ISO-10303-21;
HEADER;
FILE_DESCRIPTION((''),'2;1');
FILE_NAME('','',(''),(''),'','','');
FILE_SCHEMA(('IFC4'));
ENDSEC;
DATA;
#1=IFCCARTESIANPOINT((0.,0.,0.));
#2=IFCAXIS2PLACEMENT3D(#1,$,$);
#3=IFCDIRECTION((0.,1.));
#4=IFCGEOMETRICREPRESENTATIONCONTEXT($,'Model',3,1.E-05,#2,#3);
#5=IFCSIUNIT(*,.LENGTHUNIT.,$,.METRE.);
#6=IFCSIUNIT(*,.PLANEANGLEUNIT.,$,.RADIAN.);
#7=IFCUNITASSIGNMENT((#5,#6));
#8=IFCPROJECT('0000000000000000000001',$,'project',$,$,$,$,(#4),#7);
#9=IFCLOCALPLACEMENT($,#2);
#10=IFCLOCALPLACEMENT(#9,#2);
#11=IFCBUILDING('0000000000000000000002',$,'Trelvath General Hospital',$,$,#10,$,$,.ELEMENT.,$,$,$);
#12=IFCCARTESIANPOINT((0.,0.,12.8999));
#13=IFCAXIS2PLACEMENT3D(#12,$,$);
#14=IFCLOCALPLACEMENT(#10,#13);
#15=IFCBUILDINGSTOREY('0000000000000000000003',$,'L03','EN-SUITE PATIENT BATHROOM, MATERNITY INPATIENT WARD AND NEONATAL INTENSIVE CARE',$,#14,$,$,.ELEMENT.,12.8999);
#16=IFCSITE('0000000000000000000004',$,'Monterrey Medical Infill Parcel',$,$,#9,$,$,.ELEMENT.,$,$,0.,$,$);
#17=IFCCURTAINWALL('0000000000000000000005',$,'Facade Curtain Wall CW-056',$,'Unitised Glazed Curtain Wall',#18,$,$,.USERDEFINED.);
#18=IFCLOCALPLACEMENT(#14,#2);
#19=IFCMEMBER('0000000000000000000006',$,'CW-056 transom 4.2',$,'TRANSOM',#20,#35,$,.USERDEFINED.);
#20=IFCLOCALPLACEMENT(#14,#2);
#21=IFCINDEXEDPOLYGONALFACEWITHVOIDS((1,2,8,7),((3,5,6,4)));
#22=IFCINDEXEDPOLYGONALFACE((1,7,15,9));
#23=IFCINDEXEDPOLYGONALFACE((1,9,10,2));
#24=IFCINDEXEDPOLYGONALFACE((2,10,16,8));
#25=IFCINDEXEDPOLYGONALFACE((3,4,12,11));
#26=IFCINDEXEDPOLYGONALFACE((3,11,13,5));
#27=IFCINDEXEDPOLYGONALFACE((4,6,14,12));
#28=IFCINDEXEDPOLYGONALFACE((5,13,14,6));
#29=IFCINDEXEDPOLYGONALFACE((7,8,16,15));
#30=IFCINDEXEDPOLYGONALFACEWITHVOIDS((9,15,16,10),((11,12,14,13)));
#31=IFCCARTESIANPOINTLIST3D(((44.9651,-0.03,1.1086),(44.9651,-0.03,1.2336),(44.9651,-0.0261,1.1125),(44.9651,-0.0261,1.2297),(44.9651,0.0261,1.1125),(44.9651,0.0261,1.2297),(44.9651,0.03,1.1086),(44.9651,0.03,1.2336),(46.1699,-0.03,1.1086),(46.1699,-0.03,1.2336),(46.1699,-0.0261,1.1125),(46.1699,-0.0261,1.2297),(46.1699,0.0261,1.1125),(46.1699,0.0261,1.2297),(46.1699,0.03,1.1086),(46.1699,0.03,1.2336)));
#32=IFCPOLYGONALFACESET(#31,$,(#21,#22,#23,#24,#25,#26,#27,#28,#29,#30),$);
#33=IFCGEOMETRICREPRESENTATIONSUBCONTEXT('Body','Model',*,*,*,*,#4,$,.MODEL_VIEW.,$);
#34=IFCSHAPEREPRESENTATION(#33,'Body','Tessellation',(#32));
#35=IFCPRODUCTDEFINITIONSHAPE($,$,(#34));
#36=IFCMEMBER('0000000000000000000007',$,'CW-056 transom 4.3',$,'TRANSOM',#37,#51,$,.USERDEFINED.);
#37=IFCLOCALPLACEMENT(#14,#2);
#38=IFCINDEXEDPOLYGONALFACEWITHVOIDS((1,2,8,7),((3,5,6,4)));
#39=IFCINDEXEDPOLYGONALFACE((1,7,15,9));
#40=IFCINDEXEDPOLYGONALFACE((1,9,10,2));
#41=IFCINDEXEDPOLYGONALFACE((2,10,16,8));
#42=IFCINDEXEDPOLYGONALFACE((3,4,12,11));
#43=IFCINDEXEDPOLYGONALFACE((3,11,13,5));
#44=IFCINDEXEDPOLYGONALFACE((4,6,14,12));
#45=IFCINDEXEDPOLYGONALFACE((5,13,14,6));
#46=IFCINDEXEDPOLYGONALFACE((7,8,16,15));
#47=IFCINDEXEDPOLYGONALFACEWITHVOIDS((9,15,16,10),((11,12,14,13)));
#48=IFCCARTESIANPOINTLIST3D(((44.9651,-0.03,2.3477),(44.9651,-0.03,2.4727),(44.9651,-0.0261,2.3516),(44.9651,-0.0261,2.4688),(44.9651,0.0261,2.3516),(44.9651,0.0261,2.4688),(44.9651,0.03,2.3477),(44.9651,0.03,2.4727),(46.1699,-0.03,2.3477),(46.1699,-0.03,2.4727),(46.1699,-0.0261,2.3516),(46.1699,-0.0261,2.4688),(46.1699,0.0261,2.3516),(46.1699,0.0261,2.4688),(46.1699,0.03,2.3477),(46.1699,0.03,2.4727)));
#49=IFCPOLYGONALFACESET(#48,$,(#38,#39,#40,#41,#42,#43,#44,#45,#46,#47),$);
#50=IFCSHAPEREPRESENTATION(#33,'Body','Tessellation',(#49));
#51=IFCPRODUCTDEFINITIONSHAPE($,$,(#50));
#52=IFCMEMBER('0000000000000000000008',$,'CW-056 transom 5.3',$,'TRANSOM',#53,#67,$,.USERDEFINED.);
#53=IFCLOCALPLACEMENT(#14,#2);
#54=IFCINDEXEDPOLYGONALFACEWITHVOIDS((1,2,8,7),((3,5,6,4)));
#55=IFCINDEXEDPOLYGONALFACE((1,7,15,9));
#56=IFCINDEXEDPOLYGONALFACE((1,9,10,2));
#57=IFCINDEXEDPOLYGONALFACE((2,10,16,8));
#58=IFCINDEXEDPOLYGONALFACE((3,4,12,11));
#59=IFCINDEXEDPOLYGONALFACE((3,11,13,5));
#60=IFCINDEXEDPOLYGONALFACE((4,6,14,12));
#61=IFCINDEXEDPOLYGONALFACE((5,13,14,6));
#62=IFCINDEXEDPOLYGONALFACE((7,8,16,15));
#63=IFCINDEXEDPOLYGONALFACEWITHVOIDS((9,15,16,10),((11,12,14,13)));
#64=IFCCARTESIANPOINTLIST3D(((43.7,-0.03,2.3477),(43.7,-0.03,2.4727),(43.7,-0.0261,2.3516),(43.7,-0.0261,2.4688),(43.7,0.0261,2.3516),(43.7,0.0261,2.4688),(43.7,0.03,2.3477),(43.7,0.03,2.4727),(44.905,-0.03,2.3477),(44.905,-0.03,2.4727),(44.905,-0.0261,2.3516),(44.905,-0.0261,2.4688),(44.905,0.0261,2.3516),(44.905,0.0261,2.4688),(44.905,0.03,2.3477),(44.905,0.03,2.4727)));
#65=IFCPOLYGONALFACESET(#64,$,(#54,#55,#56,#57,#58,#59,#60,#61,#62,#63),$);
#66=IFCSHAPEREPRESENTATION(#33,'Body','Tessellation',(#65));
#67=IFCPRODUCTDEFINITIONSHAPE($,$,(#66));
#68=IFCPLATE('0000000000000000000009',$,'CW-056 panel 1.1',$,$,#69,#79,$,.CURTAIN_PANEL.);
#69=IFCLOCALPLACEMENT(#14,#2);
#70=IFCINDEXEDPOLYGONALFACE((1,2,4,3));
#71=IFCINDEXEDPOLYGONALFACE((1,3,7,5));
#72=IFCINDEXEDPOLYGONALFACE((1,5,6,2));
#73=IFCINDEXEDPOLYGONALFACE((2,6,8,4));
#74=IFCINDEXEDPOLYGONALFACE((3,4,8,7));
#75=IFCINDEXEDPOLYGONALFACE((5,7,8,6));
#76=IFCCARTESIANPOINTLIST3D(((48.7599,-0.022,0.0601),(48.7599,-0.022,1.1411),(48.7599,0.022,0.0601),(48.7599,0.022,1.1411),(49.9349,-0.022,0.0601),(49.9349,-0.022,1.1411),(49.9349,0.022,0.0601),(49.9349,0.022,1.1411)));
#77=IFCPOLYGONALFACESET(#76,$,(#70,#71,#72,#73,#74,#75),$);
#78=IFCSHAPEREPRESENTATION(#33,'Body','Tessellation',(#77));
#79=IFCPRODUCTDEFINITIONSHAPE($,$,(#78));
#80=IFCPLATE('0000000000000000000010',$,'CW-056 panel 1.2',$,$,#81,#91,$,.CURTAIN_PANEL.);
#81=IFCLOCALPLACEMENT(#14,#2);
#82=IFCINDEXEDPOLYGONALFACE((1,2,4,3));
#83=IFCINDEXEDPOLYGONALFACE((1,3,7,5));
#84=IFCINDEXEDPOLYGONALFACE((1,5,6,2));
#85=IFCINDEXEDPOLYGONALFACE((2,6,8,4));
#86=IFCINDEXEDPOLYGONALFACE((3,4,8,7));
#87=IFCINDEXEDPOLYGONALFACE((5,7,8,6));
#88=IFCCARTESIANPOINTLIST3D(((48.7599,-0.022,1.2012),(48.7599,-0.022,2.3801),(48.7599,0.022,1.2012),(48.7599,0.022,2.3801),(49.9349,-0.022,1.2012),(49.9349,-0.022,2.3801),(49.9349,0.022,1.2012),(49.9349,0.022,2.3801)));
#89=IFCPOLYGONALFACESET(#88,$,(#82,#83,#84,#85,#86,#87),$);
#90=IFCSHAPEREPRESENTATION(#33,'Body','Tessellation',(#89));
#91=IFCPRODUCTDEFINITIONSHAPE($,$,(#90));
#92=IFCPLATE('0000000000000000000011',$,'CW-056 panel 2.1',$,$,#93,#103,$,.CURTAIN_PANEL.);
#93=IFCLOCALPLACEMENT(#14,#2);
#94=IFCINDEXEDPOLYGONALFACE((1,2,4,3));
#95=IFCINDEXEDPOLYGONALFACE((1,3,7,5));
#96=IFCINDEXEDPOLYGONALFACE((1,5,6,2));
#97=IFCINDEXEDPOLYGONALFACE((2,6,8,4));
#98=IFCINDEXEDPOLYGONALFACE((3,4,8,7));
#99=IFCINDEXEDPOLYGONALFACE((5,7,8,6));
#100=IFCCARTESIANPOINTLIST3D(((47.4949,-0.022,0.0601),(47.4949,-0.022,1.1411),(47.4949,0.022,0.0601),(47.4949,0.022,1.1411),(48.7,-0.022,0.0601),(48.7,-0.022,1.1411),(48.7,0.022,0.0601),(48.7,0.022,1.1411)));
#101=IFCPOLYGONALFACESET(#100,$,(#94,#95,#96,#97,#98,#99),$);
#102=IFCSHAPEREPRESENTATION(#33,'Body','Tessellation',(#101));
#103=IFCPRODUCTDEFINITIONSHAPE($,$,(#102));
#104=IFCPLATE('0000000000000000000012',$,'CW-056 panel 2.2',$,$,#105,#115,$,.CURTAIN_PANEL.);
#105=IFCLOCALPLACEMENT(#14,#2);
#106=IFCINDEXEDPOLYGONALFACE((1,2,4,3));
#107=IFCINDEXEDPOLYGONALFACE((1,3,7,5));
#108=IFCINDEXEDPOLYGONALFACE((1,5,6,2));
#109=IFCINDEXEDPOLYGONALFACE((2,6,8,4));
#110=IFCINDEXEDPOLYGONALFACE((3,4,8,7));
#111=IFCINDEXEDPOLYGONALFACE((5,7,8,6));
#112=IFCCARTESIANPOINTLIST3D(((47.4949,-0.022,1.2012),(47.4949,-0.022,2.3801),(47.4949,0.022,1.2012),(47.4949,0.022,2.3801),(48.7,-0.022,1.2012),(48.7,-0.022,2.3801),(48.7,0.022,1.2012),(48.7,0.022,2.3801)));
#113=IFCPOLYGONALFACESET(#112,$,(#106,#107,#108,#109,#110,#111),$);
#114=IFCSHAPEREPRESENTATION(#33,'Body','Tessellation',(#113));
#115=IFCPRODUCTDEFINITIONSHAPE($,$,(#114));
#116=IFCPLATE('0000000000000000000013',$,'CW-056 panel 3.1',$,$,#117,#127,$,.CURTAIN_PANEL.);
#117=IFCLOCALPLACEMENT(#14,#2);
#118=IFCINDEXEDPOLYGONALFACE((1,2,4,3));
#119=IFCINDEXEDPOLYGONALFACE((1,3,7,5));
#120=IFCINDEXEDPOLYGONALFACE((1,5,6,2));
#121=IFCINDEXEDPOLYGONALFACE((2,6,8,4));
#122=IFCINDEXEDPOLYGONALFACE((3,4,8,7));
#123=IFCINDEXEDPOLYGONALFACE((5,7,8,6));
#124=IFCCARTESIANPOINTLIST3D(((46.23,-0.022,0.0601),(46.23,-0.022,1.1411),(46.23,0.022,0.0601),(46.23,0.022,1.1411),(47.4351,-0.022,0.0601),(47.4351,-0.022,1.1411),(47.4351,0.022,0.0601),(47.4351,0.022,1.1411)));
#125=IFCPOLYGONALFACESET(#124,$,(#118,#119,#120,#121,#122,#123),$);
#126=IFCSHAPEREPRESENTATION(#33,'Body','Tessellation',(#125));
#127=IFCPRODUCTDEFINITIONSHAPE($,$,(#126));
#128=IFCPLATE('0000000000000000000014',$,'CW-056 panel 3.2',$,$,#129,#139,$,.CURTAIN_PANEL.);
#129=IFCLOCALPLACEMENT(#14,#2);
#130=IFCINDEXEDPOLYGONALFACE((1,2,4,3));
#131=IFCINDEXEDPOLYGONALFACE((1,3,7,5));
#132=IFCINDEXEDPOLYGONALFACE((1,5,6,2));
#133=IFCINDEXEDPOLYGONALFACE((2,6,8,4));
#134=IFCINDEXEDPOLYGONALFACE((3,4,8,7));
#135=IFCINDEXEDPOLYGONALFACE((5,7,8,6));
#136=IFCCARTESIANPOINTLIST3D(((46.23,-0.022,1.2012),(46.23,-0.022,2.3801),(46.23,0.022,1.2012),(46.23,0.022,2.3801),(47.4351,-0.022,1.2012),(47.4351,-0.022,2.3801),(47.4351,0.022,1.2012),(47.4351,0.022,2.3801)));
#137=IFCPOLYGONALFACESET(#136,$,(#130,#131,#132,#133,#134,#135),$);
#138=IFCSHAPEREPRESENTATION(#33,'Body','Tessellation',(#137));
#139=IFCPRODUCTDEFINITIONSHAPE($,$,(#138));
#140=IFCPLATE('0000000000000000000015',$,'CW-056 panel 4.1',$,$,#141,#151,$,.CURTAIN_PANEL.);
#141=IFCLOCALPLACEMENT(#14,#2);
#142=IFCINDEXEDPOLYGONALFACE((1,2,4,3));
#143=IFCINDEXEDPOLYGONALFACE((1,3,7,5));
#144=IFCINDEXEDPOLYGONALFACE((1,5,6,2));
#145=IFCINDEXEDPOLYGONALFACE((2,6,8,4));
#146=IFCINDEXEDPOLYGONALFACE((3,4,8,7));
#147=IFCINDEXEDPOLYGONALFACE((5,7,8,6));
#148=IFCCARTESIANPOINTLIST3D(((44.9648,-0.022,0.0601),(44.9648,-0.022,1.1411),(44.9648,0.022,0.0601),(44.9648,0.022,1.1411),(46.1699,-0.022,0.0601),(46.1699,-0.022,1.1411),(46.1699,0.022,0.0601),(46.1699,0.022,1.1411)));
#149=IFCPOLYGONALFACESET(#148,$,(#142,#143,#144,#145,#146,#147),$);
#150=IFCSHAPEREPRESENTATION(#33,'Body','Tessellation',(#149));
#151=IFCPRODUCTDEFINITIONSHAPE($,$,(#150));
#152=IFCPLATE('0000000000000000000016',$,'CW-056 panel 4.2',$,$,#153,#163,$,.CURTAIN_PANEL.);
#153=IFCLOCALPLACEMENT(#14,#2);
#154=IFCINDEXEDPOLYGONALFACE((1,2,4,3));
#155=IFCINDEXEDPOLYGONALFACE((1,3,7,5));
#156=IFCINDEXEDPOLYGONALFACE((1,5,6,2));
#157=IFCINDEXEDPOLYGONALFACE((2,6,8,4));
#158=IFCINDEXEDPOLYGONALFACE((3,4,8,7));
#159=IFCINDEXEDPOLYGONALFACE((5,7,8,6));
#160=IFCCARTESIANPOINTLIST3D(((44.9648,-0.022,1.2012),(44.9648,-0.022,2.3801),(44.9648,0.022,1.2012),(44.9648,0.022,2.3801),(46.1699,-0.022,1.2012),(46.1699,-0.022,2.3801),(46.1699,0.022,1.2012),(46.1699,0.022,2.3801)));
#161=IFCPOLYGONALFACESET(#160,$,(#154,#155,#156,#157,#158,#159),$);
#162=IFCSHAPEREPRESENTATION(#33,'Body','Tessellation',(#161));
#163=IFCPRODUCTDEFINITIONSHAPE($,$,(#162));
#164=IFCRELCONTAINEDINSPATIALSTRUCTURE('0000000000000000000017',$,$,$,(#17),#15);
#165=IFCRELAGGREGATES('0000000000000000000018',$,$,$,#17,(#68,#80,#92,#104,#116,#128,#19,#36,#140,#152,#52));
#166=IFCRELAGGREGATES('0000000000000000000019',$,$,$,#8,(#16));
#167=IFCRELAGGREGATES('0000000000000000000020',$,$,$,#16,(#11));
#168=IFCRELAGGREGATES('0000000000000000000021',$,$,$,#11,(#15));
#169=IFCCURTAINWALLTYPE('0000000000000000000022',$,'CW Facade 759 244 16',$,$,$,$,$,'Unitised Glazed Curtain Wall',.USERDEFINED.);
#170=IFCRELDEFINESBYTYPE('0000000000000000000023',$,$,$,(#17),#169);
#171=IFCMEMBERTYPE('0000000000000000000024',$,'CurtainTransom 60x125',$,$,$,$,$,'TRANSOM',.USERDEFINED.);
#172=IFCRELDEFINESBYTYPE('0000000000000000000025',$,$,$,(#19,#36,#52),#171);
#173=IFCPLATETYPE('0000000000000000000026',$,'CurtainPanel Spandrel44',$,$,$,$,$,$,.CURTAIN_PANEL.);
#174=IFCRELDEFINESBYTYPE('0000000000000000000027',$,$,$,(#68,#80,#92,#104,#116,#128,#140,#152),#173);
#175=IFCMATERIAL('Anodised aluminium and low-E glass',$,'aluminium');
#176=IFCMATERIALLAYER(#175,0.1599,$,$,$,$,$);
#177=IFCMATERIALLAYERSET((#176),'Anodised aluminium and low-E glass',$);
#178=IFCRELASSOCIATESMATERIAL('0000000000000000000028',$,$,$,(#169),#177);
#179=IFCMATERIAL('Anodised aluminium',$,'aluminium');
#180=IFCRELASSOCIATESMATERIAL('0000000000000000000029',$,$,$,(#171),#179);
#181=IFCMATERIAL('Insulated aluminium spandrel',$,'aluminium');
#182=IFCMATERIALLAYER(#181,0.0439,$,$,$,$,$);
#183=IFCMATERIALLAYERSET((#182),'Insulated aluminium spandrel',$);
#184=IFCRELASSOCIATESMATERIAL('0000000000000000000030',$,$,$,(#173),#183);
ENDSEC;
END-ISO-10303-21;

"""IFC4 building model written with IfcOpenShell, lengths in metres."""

from ifc_helpers import new_model, si_unit, direction, frame, origin, origin_2d, place, context, subcontext, project, spatial, rectangle, hollow_rectangle, extrude, material, layer, layer_set, material_profile, profile_set, type_object, element, aggregate, save


model = new_model("IFC4")

# Units and contexts
model_context = context("Model", 3, precision=1e-05, world=origin(), true_north=direction((0.0, 1.0)))
body_context = subcontext(model_context, "Body", "Model", "MODEL_VIEW")
ifc_project = project(units=[si_unit("LENGTHUNIT", "METRE"), si_unit("PLANEANGLEUNIT", "RADIAN")], contexts=[model_context])

# Site, building, storey
site_placement = place(None, origin())
site = spatial("IfcSite", under=ifc_project, at=site_placement, Name="Monterrey Medical Infill Parcel", CompositionType="ELEMENT", RefElevation=0.0)
building_placement = place(site_placement, origin())
building = spatial("IfcBuilding", under=site, at=building_placement, Name="Trelvath General Hospital", CompositionType="ELEMENT")
storey_placement = place(building_placement, frame((0.0, 0.0, 12.8999)))
storey = spatial("IfcBuildingStorey", under=building, at=storey_placement, Name="L03", Description="EN-SUITE PATIENT BATHROOM, MATERNITY INPATIENT WARD AND NEONATAL INTENSIVE CARE", CompositionType="ELEMENT", Elevation=12.8999)

# Curtain wall, members, plates
ifc_material_1 = material(Name="Anodised aluminium and low-E glass", Category="aluminium")
ifc_layer_1 = layer(ifc_material_1, 0.1599)
ifc_layer_set_1 = layer_set([ifc_layer_1], Name="Anodised aluminium and low-E glass")
curtain_wall_type = type_object("IfcCurtainWallType", Name="CW Facade 759 244 16", ElementType="Unitised Glazed Curtain Wall", PredefinedType="USERDEFINED", material=ifc_layer_set_1)
curtain_wall_placement = place(storey_placement, origin())
curtain_wall = element("IfcCurtainWall", 1, at=curtain_wall_placement, inside=storey, type_object=curtain_wall_type, Name="Facade Curtain Wall CW-056", ObjectType="Unitised Glazed Curtain Wall", PredefinedType="USERDEFINED")
ifc_material_2 = material(Name="Anodised aluminium", Category="aluminium")
ifc_material_profile_1 = material_profile(ifc_material_2, hollow_rectangle(XDim=0.0601, YDim=0.125, WallThickness=0.0039, at=origin_2d()), Name="RHS60x125x4")
ifc_profile_set_1 = profile_set([ifc_material_profile_1], Name="Anodised aluminium")
member_type_1 = type_object("IfcMemberType", Name="CurtainTransom 60x125", ElementType="TRANSOM", PredefinedType="USERDEFINED", material=ifc_profile_set_1)
member_1_placement = place(storey_placement, frame((46.1699, 0.0, 1.1711), z_axis=(-1.0, 0.0, 0.0), x_axis=(0.0, -1.0, 0.0)))
member_1 = element("IfcMember", 2, at=member_1_placement, type_object=member_type_1, Name="CW-056 transom 4.2", ObjectType="TRANSOM", PredefinedType="USERDEFINED", context=body_context, shape_type="SweptSolid", body=[
    extrude(hollow_rectangle(XDim=0.0601, YDim=0.125, WallThickness=0.0039, at=origin_2d()), origin(), (0.0, 0.0, 1.0), 1.2048),
])
member_2_placement = place(storey_placement, frame((46.1699, 0.0, 2.4102), z_axis=(-1.0, 0.0, 0.0), x_axis=(0.0, -1.0, 0.0)))
member_2 = element("IfcMember", 3, at=member_2_placement, type_object=member_type_1, Name="CW-056 transom 4.3", ObjectType="TRANSOM", PredefinedType="USERDEFINED", context=body_context, shape_type="SweptSolid", body=[
    extrude(hollow_rectangle(XDim=0.0601, YDim=0.125, WallThickness=0.0039, at=origin_2d()), origin(), (0.0, 0.0, 1.0), 1.2048),
])
member_3_placement = place(storey_placement, frame((44.905, 0.0, 2.4102), z_axis=(-1.0, 0.0, 0.0), x_axis=(0.0, -1.0, 0.0)))
member_3 = element("IfcMember", 4, at=member_3_placement, type_object=member_type_1, Name="CW-056 transom 5.3", ObjectType="TRANSOM", PredefinedType="USERDEFINED", context=body_context, shape_type="SweptSolid", body=[
    extrude(hollow_rectangle(XDim=0.0601, YDim=0.125, WallThickness=0.0039, at=origin_2d()), origin(), (0.0, 0.0, 1.0), 1.2051),
])
ifc_material_3 = material(Name="Insulated aluminium spandrel", Category="aluminium")
ifc_layer_2 = layer(ifc_material_3, 0.0439)
ifc_layer_set_2 = layer_set([ifc_layer_2], Name="Insulated aluminium spandrel")
plate_type = type_object("IfcPlateType", Name="CurtainPanel Spandrel44", PredefinedType="CURTAIN_PANEL", material=ifc_layer_set_2)
plate_1_placement = place(storey_placement, frame((49.3474, 0.0, 0.0601), z_axis=(0.0, 0.0, 1.0), x_axis=(-1.0, 0.0, 0.0)))
plate_1 = element("IfcPlate", 5, at=plate_1_placement, type_object=plate_type, Name="CW-056 panel 1.1", PredefinedType="CURTAIN_PANEL", context=body_context, shape_type="SweptSolid", body=[
    extrude(rectangle(XDim=1.175, YDim=0.0439, at=origin_2d()), origin(), (0.0, 0.0, 1.0), 1.0811),
])
plate_2_placement = place(storey_placement, frame((49.3474, 0.0, 1.2012), z_axis=(0.0, 0.0, 1.0), x_axis=(-1.0, 0.0, 0.0)))
plate_2 = element("IfcPlate", 6, at=plate_2_placement, type_object=plate_type, Name="CW-056 panel 1.2", PredefinedType="CURTAIN_PANEL", context=body_context, shape_type="SweptSolid", body=[
    extrude(rectangle(XDim=1.175, YDim=0.0439, at=origin_2d()), origin(), (0.0, 0.0, 1.0), 1.179),
])
plate_3_placement = place(storey_placement, frame((48.0974, 0.0, 0.0601), z_axis=(0.0, 0.0, 1.0), x_axis=(-1.0, 0.0, 0.0)))
plate_3 = element("IfcPlate", 7, at=plate_3_placement, type_object=plate_type, Name="CW-056 panel 2.1", PredefinedType="CURTAIN_PANEL", context=body_context, shape_type="SweptSolid", body=[
    extrude(rectangle(XDim=1.2051, YDim=0.0439, at=origin_2d()), origin(), (0.0, 0.0, 1.0), 1.0811),
])
plate_4_placement = place(storey_placement, frame((48.0974, 0.0, 1.2012), z_axis=(0.0, 0.0, 1.0), x_axis=(-1.0, 0.0, 0.0)))
plate_4 = element("IfcPlate", 8, at=plate_4_placement, type_object=plate_type, Name="CW-056 panel 2.2", PredefinedType="CURTAIN_PANEL", context=body_context, shape_type="SweptSolid", body=[
    extrude(rectangle(XDim=1.2051, YDim=0.0439, at=origin_2d()), origin(), (0.0, 0.0, 1.0), 1.179),
])
plate_5_placement = place(storey_placement, frame((46.8325, 0.0, 0.0601), z_axis=(0.0, 0.0, 1.0), x_axis=(-1.0, 0.0, 0.0)))
plate_5 = element("IfcPlate", 9, at=plate_5_placement, type_object=plate_type, Name="CW-056 panel 3.1", PredefinedType="CURTAIN_PANEL", context=body_context, shape_type="SweptSolid", body=[
    extrude(rectangle(XDim=1.2051, YDim=0.0439, at=origin_2d()), origin(), (0.0, 0.0, 1.0), 1.0811),
])
plate_6_placement = place(storey_placement, frame((46.8325, 0.0, 1.2012), z_axis=(0.0, 0.0, 1.0), x_axis=(-1.0, 0.0, 0.0)))
plate_6 = element("IfcPlate", 10, at=plate_6_placement, type_object=plate_type, Name="CW-056 panel 3.2", PredefinedType="CURTAIN_PANEL", context=body_context, shape_type="SweptSolid", body=[
    extrude(rectangle(XDim=1.2051, YDim=0.0439, at=origin_2d()), origin(), (0.0, 0.0, 1.0), 1.179),
])
plate_7_placement = place(storey_placement, frame((45.5674, 0.0, 0.0601), z_axis=(0.0, 0.0, 1.0), x_axis=(-1.0, 0.0, 0.0)))
plate_7 = element("IfcPlate", 11, at=plate_7_placement, type_object=plate_type, Name="CW-056 panel 4.1", PredefinedType="CURTAIN_PANEL", context=body_context, shape_type="SweptSolid", body=[
    extrude(rectangle(XDim=1.2051, YDim=0.0439, at=origin_2d()), origin(), (0.0, 0.0, 1.0), 1.0811),
])
plate_8_placement = place(storey_placement, frame((45.5674, 0.0, 1.2012), z_axis=(0.0, 0.0, 1.0), x_axis=(-1.0, 0.0, 0.0)))
plate_8 = element("IfcPlate", 12, at=plate_8_placement, type_object=plate_type, Name="CW-056 panel 4.2", PredefinedType="CURTAIN_PANEL", context=body_context, shape_type="SweptSolid", body=[
    extrude(rectangle(XDim=1.2051, YDim=0.0439, at=origin_2d()), origin(), (0.0, 0.0, 1.0), 1.179),
])
aggregate(curtain_wall, [plate_1, plate_2, plate_3, plate_4, plate_5, plate_6, member_1, member_2, plate_7, plate_8, member_3])

save(model, "model.ifc")
